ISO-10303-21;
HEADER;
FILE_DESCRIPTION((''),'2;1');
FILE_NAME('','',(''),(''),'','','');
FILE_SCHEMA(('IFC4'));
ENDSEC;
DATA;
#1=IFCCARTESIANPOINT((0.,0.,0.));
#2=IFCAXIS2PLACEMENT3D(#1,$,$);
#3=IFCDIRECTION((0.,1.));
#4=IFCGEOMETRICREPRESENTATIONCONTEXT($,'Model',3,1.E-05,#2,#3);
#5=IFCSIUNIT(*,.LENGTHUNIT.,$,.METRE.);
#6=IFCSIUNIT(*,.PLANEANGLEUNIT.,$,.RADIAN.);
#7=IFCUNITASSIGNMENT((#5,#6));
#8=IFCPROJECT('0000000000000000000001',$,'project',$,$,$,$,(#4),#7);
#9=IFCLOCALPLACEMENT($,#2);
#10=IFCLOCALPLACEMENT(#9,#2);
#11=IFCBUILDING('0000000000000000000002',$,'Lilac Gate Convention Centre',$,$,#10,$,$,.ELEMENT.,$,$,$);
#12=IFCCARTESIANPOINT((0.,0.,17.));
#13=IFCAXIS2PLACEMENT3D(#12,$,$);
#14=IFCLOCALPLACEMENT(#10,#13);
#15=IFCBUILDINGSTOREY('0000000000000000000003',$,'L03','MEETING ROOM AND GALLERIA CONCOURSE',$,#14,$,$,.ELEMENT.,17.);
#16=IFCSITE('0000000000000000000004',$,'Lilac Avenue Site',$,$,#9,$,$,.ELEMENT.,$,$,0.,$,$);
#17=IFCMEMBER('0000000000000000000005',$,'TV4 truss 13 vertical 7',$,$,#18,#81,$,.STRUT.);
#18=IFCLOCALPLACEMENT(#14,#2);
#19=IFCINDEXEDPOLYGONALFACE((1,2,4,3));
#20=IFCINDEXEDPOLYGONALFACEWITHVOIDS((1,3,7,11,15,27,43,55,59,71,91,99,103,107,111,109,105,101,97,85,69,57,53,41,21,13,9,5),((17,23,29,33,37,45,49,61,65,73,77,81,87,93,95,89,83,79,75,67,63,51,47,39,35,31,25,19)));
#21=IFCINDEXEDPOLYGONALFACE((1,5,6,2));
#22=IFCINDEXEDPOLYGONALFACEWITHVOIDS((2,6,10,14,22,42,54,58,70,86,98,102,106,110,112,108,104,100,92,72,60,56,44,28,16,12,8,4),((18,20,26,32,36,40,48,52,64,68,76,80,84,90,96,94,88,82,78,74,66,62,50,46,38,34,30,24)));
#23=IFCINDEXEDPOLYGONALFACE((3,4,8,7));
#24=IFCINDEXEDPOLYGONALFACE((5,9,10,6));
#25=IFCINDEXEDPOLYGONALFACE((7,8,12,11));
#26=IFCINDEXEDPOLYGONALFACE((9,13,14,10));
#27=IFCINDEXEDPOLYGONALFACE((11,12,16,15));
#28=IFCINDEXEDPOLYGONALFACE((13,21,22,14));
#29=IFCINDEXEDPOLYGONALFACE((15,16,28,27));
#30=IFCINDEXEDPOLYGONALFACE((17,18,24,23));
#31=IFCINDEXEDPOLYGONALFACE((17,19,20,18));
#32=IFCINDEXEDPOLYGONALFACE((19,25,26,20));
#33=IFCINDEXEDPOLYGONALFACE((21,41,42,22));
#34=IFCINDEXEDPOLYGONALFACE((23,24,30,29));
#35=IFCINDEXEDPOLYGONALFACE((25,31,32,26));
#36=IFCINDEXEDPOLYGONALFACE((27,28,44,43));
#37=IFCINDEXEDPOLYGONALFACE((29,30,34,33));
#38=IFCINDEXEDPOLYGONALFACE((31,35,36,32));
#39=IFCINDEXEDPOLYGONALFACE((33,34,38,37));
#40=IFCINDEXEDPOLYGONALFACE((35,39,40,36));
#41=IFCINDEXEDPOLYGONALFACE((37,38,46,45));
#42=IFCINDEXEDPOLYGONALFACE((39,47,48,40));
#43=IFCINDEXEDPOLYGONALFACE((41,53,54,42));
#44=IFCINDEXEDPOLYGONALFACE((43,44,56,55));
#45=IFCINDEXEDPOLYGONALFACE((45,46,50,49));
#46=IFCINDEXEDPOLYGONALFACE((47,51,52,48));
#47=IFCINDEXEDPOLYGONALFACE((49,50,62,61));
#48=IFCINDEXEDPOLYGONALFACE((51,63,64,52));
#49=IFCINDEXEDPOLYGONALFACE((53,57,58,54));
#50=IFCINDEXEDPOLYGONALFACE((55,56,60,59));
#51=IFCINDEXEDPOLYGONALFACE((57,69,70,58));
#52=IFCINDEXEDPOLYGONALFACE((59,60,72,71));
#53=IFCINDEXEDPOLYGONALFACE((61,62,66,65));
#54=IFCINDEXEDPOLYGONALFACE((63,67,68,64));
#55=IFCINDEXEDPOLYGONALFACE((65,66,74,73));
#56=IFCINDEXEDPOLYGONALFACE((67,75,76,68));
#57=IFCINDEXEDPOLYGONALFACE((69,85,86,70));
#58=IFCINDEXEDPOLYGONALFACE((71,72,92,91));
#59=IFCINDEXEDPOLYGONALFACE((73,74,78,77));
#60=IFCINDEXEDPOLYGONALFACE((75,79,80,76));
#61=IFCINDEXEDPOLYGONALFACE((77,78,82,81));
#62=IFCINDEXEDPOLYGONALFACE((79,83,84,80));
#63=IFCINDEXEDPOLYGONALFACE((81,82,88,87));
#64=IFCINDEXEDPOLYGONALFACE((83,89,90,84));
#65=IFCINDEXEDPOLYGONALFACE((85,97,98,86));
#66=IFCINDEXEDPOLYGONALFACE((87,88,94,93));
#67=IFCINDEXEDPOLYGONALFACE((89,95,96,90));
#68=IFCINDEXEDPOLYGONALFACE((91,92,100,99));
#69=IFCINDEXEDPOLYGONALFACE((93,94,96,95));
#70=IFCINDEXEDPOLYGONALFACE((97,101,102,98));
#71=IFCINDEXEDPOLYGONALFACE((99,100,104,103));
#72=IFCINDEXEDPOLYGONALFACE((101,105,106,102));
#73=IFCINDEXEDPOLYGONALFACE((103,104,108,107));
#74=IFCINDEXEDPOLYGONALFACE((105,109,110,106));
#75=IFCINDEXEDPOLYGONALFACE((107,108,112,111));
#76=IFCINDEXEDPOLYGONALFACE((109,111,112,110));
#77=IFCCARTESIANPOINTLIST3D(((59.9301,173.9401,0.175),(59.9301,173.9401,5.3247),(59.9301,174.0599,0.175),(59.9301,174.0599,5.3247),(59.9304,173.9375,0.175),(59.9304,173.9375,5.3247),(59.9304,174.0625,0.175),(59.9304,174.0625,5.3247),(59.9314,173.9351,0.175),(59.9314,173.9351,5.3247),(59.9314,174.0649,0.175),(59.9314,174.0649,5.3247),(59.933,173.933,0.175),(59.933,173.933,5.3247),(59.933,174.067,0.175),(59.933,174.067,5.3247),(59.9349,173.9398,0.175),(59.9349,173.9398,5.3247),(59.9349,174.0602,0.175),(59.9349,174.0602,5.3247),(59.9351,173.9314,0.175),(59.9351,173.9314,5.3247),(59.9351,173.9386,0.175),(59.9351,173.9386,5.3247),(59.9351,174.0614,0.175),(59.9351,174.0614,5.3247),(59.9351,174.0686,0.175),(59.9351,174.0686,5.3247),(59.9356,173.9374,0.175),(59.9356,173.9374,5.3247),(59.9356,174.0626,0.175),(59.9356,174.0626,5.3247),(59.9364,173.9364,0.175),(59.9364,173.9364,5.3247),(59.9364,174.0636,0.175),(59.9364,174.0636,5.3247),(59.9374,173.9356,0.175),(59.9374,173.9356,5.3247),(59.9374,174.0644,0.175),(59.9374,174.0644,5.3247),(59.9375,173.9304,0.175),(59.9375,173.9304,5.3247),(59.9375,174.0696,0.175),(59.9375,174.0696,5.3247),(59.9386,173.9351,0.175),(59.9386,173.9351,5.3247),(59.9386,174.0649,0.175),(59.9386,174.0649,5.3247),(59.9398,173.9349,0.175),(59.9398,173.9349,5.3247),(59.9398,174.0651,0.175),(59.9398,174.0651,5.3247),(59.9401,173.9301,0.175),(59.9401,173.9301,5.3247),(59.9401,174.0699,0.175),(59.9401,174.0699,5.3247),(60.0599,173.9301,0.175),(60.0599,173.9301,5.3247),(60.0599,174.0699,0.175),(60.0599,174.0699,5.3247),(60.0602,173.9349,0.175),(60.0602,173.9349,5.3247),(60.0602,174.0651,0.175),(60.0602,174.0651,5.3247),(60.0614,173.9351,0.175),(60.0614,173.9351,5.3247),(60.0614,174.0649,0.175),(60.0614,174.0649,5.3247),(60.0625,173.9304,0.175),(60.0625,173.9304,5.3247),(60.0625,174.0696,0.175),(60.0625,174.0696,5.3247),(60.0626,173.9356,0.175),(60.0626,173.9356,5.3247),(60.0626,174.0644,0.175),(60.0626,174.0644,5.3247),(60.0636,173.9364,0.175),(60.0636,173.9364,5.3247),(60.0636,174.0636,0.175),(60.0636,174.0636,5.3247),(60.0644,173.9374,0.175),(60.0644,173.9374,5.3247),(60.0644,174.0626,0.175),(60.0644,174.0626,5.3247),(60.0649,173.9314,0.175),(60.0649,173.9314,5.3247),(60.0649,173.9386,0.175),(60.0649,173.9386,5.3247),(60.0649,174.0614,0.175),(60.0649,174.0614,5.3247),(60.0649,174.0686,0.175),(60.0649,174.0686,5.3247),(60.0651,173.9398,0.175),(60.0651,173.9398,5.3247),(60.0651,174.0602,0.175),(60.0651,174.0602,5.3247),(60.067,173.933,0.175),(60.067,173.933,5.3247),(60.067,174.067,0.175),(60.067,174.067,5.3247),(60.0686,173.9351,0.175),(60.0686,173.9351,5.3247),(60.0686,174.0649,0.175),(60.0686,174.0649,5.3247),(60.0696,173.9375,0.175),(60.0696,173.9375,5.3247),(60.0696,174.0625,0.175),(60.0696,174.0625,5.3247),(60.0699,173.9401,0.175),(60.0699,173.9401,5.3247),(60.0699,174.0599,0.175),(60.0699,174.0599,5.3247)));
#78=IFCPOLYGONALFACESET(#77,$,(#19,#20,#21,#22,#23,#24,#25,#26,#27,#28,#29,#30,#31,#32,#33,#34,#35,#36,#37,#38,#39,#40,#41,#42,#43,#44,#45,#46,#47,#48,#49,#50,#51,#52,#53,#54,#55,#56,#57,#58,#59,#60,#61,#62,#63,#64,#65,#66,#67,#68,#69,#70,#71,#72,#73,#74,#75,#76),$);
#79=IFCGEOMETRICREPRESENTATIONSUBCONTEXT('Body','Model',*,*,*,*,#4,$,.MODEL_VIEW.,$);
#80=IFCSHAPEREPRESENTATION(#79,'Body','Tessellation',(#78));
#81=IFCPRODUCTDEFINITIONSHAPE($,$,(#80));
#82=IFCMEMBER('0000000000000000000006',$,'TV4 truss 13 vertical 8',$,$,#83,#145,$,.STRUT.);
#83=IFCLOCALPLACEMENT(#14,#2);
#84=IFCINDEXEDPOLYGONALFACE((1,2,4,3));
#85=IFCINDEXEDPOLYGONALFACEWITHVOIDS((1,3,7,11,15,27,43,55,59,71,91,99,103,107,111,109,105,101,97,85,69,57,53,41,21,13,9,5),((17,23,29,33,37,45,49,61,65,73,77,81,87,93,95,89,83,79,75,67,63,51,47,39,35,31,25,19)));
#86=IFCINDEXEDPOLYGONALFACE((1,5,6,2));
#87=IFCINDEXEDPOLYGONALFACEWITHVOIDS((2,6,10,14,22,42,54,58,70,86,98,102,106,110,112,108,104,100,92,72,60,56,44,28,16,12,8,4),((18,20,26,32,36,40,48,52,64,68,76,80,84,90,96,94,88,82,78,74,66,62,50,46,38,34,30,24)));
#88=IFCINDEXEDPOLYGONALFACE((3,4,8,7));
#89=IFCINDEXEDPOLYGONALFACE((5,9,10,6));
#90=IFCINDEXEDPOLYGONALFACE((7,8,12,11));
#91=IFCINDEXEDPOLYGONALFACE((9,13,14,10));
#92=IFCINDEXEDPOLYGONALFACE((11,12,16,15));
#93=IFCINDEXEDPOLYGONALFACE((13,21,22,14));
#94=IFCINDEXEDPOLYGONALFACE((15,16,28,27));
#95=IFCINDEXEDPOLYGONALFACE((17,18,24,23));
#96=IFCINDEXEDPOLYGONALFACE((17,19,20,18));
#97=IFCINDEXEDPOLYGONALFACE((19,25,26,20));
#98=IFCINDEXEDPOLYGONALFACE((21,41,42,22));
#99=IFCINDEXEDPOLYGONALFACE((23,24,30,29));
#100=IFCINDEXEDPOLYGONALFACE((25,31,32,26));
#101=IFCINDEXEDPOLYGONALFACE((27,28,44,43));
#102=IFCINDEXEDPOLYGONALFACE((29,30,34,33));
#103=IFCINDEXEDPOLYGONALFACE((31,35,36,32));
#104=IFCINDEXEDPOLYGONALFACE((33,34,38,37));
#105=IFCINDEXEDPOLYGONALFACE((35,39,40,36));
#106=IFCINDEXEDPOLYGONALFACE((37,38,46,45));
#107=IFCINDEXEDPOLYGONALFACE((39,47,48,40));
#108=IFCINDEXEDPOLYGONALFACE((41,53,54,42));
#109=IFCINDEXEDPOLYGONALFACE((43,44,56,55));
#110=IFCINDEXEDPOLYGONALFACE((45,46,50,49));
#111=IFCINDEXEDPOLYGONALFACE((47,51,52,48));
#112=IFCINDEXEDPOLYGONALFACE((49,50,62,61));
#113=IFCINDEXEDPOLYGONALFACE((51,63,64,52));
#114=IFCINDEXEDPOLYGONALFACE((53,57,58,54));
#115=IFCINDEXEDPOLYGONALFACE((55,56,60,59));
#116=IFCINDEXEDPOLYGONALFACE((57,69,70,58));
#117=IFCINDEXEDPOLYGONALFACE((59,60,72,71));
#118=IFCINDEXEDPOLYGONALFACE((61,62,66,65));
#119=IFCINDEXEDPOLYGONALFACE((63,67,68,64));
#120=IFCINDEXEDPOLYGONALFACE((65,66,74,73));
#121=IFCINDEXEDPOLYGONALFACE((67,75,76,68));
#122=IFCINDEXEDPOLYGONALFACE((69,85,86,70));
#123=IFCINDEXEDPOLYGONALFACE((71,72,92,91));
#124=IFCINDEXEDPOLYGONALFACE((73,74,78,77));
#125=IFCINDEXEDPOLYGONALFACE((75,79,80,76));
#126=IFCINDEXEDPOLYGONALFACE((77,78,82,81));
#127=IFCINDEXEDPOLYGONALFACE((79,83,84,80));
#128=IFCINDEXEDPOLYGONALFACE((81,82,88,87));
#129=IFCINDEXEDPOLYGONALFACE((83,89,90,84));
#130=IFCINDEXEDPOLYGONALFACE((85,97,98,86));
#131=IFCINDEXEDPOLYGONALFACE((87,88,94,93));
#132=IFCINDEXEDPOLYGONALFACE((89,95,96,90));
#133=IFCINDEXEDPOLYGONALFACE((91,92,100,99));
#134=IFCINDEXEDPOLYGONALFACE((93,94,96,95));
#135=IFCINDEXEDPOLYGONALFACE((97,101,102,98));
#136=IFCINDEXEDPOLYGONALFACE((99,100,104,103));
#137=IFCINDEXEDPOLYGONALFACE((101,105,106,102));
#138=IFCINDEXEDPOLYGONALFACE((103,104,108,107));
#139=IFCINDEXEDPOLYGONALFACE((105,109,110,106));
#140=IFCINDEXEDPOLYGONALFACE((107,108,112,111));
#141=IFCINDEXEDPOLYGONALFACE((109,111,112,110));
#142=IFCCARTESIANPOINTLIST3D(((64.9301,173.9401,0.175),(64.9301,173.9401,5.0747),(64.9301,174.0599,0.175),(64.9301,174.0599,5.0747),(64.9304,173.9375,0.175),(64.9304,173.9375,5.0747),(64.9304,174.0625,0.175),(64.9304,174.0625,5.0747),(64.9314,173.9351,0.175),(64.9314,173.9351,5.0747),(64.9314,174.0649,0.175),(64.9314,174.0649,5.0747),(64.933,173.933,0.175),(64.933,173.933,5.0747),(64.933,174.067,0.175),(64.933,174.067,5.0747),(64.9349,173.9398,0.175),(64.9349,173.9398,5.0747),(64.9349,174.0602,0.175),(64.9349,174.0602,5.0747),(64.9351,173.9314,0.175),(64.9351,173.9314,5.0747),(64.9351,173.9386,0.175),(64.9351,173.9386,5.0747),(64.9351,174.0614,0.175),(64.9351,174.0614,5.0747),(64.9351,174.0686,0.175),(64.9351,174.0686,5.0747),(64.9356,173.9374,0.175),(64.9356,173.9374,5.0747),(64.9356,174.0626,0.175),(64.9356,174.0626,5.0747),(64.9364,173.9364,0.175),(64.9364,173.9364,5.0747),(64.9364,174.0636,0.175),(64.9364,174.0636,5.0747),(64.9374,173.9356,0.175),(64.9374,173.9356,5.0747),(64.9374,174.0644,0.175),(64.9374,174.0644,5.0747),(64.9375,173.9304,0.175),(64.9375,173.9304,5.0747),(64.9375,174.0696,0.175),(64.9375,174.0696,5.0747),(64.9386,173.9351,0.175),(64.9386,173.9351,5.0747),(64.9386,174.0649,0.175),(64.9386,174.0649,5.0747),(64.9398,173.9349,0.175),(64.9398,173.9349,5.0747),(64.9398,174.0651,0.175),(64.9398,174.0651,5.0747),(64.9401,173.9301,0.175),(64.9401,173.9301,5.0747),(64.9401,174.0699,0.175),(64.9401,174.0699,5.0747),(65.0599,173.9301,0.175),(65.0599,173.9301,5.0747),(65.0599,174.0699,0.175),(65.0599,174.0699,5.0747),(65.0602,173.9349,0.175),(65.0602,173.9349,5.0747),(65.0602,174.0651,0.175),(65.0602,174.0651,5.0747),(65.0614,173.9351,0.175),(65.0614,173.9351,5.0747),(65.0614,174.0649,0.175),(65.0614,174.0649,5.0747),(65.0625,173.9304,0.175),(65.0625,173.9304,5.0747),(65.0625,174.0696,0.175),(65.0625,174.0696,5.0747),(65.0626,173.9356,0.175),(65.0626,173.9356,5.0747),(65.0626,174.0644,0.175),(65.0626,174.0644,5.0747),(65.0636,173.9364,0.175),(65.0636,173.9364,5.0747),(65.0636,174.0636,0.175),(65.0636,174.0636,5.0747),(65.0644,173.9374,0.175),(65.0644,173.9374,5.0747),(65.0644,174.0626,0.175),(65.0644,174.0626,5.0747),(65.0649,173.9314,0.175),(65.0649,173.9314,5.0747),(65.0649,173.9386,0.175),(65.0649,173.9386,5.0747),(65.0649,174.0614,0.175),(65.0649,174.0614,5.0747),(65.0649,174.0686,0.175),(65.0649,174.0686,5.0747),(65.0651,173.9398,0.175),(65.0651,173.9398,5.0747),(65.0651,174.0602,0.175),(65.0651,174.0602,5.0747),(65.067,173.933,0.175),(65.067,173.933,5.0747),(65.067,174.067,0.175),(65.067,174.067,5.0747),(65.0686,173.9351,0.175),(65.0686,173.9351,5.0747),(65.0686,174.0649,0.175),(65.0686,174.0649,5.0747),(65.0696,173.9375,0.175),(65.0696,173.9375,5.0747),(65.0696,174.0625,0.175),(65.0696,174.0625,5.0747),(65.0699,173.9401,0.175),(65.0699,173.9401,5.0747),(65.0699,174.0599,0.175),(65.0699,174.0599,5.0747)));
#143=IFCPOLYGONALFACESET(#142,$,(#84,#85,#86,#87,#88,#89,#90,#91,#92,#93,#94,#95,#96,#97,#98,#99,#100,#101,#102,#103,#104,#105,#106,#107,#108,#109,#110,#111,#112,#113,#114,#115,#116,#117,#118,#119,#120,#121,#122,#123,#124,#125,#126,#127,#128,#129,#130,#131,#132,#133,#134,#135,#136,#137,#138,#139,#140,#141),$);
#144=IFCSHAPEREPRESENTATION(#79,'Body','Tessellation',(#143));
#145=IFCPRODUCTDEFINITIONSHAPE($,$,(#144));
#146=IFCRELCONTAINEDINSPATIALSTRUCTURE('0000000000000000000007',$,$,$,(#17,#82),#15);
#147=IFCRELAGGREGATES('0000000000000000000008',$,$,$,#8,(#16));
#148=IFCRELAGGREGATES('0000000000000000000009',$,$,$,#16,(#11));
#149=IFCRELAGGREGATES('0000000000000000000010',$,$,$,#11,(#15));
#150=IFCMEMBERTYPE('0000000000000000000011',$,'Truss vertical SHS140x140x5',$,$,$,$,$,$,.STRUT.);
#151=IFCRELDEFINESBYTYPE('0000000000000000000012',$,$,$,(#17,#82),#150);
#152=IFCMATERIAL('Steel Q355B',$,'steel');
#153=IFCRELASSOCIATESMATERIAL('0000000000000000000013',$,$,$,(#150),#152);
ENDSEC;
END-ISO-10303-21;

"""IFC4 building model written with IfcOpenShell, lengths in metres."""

from ifc_helpers import new_model, si_unit, direction, frame, origin, origin_2d, place, context, subcontext, project, spatial, hollow_rectangle, extrude, material, material_profile, profile_set, type_object, element, save


model = new_model("IFC4")

# Units and contexts
model_context = context("Model", 3, precision=1e-05, world=origin(), true_north=direction((0.0, 1.0)))
body_context = subcontext(model_context, "Body", "Model", "MODEL_VIEW")
ifc_project = project(units=[si_unit("LENGTHUNIT", "METRE"), si_unit("PLANEANGLEUNIT", "RADIAN")], contexts=[model_context])

# Site, building, storey
site_placement = place(None, origin())
site = spatial("IfcSite", under=ifc_project, at=site_placement, Name="Lilac Avenue Site", CompositionType="ELEMENT", RefElevation=0.0)
building_placement = place(site_placement, origin())
building = spatial("IfcBuilding", under=site, at=building_placement, Name="Lilac Gate Convention Centre", CompositionType="ELEMENT")
storey_placement = place(building_placement, frame((0.0, 0.0, 17.0)))
storey = spatial("IfcBuildingStorey", under=building, at=storey_placement, Name="L03", Description="MEETING ROOM AND GALLERIA CONCOURSE", CompositionType="ELEMENT", Elevation=17.0)

# Members
ifc_material = material(Name="Steel Q355B", Category="steel")
ifc_material_profile_1 = material_profile(ifc_material, hollow_rectangle(XDim=0.1399, YDim=0.1399, WallThickness=0.0049, InnerFilletRadius=0.0049, OuterFilletRadius=0.01, at=origin_2d()), Name="SHS140x140x5")
ifc_profile_set_1 = profile_set([ifc_material_profile_1], Name="Steel Q355B")
member_type_1 = type_object("IfcMemberType", Name="Truss vertical SHS140x140x5", PredefinedType="STRUT", material=ifc_profile_set_1)
member_1_placement = place(storey_placement, frame((60.0, 174.0, 0.175), z_axis=(0.0, 0.0, 1.0), x_axis=(1.0, 0.0, 0.0)))
element("IfcMember", 1, at=member_1_placement, inside=storey, type_object=member_type_1, Name="TV4 truss 13 vertical 7", PredefinedType="STRUT", context=body_context, shape_type="SweptSolid", body=[
    extrude(hollow_rectangle(XDim=0.1399, YDim=0.1399, WallThickness=0.0049, InnerFilletRadius=0.0049, OuterFilletRadius=0.01, at=origin_2d()), origin(), (0.0, 0.0, 1.0), 5.1497),
])
member_2_placement = place(storey_placement, frame((65.0, 174.0, 0.175), z_axis=(0.0, 0.0, 1.0), x_axis=(1.0, 0.0, 0.0)))
element("IfcMember", 2, at=member_2_placement, inside=storey, type_object=member_type_1, Name="TV4 truss 13 vertical 8", PredefinedType="STRUT", context=body_context, shape_type="SweptSolid", body=[
    extrude(hollow_rectangle(XDim=0.1399, YDim=0.1399, WallThickness=0.0049, InnerFilletRadius=0.0049, OuterFilletRadius=0.01, at=origin_2d()), origin(), (0.0, 0.0, 1.0), 4.8997),
])

save(model, "model.ifc")
